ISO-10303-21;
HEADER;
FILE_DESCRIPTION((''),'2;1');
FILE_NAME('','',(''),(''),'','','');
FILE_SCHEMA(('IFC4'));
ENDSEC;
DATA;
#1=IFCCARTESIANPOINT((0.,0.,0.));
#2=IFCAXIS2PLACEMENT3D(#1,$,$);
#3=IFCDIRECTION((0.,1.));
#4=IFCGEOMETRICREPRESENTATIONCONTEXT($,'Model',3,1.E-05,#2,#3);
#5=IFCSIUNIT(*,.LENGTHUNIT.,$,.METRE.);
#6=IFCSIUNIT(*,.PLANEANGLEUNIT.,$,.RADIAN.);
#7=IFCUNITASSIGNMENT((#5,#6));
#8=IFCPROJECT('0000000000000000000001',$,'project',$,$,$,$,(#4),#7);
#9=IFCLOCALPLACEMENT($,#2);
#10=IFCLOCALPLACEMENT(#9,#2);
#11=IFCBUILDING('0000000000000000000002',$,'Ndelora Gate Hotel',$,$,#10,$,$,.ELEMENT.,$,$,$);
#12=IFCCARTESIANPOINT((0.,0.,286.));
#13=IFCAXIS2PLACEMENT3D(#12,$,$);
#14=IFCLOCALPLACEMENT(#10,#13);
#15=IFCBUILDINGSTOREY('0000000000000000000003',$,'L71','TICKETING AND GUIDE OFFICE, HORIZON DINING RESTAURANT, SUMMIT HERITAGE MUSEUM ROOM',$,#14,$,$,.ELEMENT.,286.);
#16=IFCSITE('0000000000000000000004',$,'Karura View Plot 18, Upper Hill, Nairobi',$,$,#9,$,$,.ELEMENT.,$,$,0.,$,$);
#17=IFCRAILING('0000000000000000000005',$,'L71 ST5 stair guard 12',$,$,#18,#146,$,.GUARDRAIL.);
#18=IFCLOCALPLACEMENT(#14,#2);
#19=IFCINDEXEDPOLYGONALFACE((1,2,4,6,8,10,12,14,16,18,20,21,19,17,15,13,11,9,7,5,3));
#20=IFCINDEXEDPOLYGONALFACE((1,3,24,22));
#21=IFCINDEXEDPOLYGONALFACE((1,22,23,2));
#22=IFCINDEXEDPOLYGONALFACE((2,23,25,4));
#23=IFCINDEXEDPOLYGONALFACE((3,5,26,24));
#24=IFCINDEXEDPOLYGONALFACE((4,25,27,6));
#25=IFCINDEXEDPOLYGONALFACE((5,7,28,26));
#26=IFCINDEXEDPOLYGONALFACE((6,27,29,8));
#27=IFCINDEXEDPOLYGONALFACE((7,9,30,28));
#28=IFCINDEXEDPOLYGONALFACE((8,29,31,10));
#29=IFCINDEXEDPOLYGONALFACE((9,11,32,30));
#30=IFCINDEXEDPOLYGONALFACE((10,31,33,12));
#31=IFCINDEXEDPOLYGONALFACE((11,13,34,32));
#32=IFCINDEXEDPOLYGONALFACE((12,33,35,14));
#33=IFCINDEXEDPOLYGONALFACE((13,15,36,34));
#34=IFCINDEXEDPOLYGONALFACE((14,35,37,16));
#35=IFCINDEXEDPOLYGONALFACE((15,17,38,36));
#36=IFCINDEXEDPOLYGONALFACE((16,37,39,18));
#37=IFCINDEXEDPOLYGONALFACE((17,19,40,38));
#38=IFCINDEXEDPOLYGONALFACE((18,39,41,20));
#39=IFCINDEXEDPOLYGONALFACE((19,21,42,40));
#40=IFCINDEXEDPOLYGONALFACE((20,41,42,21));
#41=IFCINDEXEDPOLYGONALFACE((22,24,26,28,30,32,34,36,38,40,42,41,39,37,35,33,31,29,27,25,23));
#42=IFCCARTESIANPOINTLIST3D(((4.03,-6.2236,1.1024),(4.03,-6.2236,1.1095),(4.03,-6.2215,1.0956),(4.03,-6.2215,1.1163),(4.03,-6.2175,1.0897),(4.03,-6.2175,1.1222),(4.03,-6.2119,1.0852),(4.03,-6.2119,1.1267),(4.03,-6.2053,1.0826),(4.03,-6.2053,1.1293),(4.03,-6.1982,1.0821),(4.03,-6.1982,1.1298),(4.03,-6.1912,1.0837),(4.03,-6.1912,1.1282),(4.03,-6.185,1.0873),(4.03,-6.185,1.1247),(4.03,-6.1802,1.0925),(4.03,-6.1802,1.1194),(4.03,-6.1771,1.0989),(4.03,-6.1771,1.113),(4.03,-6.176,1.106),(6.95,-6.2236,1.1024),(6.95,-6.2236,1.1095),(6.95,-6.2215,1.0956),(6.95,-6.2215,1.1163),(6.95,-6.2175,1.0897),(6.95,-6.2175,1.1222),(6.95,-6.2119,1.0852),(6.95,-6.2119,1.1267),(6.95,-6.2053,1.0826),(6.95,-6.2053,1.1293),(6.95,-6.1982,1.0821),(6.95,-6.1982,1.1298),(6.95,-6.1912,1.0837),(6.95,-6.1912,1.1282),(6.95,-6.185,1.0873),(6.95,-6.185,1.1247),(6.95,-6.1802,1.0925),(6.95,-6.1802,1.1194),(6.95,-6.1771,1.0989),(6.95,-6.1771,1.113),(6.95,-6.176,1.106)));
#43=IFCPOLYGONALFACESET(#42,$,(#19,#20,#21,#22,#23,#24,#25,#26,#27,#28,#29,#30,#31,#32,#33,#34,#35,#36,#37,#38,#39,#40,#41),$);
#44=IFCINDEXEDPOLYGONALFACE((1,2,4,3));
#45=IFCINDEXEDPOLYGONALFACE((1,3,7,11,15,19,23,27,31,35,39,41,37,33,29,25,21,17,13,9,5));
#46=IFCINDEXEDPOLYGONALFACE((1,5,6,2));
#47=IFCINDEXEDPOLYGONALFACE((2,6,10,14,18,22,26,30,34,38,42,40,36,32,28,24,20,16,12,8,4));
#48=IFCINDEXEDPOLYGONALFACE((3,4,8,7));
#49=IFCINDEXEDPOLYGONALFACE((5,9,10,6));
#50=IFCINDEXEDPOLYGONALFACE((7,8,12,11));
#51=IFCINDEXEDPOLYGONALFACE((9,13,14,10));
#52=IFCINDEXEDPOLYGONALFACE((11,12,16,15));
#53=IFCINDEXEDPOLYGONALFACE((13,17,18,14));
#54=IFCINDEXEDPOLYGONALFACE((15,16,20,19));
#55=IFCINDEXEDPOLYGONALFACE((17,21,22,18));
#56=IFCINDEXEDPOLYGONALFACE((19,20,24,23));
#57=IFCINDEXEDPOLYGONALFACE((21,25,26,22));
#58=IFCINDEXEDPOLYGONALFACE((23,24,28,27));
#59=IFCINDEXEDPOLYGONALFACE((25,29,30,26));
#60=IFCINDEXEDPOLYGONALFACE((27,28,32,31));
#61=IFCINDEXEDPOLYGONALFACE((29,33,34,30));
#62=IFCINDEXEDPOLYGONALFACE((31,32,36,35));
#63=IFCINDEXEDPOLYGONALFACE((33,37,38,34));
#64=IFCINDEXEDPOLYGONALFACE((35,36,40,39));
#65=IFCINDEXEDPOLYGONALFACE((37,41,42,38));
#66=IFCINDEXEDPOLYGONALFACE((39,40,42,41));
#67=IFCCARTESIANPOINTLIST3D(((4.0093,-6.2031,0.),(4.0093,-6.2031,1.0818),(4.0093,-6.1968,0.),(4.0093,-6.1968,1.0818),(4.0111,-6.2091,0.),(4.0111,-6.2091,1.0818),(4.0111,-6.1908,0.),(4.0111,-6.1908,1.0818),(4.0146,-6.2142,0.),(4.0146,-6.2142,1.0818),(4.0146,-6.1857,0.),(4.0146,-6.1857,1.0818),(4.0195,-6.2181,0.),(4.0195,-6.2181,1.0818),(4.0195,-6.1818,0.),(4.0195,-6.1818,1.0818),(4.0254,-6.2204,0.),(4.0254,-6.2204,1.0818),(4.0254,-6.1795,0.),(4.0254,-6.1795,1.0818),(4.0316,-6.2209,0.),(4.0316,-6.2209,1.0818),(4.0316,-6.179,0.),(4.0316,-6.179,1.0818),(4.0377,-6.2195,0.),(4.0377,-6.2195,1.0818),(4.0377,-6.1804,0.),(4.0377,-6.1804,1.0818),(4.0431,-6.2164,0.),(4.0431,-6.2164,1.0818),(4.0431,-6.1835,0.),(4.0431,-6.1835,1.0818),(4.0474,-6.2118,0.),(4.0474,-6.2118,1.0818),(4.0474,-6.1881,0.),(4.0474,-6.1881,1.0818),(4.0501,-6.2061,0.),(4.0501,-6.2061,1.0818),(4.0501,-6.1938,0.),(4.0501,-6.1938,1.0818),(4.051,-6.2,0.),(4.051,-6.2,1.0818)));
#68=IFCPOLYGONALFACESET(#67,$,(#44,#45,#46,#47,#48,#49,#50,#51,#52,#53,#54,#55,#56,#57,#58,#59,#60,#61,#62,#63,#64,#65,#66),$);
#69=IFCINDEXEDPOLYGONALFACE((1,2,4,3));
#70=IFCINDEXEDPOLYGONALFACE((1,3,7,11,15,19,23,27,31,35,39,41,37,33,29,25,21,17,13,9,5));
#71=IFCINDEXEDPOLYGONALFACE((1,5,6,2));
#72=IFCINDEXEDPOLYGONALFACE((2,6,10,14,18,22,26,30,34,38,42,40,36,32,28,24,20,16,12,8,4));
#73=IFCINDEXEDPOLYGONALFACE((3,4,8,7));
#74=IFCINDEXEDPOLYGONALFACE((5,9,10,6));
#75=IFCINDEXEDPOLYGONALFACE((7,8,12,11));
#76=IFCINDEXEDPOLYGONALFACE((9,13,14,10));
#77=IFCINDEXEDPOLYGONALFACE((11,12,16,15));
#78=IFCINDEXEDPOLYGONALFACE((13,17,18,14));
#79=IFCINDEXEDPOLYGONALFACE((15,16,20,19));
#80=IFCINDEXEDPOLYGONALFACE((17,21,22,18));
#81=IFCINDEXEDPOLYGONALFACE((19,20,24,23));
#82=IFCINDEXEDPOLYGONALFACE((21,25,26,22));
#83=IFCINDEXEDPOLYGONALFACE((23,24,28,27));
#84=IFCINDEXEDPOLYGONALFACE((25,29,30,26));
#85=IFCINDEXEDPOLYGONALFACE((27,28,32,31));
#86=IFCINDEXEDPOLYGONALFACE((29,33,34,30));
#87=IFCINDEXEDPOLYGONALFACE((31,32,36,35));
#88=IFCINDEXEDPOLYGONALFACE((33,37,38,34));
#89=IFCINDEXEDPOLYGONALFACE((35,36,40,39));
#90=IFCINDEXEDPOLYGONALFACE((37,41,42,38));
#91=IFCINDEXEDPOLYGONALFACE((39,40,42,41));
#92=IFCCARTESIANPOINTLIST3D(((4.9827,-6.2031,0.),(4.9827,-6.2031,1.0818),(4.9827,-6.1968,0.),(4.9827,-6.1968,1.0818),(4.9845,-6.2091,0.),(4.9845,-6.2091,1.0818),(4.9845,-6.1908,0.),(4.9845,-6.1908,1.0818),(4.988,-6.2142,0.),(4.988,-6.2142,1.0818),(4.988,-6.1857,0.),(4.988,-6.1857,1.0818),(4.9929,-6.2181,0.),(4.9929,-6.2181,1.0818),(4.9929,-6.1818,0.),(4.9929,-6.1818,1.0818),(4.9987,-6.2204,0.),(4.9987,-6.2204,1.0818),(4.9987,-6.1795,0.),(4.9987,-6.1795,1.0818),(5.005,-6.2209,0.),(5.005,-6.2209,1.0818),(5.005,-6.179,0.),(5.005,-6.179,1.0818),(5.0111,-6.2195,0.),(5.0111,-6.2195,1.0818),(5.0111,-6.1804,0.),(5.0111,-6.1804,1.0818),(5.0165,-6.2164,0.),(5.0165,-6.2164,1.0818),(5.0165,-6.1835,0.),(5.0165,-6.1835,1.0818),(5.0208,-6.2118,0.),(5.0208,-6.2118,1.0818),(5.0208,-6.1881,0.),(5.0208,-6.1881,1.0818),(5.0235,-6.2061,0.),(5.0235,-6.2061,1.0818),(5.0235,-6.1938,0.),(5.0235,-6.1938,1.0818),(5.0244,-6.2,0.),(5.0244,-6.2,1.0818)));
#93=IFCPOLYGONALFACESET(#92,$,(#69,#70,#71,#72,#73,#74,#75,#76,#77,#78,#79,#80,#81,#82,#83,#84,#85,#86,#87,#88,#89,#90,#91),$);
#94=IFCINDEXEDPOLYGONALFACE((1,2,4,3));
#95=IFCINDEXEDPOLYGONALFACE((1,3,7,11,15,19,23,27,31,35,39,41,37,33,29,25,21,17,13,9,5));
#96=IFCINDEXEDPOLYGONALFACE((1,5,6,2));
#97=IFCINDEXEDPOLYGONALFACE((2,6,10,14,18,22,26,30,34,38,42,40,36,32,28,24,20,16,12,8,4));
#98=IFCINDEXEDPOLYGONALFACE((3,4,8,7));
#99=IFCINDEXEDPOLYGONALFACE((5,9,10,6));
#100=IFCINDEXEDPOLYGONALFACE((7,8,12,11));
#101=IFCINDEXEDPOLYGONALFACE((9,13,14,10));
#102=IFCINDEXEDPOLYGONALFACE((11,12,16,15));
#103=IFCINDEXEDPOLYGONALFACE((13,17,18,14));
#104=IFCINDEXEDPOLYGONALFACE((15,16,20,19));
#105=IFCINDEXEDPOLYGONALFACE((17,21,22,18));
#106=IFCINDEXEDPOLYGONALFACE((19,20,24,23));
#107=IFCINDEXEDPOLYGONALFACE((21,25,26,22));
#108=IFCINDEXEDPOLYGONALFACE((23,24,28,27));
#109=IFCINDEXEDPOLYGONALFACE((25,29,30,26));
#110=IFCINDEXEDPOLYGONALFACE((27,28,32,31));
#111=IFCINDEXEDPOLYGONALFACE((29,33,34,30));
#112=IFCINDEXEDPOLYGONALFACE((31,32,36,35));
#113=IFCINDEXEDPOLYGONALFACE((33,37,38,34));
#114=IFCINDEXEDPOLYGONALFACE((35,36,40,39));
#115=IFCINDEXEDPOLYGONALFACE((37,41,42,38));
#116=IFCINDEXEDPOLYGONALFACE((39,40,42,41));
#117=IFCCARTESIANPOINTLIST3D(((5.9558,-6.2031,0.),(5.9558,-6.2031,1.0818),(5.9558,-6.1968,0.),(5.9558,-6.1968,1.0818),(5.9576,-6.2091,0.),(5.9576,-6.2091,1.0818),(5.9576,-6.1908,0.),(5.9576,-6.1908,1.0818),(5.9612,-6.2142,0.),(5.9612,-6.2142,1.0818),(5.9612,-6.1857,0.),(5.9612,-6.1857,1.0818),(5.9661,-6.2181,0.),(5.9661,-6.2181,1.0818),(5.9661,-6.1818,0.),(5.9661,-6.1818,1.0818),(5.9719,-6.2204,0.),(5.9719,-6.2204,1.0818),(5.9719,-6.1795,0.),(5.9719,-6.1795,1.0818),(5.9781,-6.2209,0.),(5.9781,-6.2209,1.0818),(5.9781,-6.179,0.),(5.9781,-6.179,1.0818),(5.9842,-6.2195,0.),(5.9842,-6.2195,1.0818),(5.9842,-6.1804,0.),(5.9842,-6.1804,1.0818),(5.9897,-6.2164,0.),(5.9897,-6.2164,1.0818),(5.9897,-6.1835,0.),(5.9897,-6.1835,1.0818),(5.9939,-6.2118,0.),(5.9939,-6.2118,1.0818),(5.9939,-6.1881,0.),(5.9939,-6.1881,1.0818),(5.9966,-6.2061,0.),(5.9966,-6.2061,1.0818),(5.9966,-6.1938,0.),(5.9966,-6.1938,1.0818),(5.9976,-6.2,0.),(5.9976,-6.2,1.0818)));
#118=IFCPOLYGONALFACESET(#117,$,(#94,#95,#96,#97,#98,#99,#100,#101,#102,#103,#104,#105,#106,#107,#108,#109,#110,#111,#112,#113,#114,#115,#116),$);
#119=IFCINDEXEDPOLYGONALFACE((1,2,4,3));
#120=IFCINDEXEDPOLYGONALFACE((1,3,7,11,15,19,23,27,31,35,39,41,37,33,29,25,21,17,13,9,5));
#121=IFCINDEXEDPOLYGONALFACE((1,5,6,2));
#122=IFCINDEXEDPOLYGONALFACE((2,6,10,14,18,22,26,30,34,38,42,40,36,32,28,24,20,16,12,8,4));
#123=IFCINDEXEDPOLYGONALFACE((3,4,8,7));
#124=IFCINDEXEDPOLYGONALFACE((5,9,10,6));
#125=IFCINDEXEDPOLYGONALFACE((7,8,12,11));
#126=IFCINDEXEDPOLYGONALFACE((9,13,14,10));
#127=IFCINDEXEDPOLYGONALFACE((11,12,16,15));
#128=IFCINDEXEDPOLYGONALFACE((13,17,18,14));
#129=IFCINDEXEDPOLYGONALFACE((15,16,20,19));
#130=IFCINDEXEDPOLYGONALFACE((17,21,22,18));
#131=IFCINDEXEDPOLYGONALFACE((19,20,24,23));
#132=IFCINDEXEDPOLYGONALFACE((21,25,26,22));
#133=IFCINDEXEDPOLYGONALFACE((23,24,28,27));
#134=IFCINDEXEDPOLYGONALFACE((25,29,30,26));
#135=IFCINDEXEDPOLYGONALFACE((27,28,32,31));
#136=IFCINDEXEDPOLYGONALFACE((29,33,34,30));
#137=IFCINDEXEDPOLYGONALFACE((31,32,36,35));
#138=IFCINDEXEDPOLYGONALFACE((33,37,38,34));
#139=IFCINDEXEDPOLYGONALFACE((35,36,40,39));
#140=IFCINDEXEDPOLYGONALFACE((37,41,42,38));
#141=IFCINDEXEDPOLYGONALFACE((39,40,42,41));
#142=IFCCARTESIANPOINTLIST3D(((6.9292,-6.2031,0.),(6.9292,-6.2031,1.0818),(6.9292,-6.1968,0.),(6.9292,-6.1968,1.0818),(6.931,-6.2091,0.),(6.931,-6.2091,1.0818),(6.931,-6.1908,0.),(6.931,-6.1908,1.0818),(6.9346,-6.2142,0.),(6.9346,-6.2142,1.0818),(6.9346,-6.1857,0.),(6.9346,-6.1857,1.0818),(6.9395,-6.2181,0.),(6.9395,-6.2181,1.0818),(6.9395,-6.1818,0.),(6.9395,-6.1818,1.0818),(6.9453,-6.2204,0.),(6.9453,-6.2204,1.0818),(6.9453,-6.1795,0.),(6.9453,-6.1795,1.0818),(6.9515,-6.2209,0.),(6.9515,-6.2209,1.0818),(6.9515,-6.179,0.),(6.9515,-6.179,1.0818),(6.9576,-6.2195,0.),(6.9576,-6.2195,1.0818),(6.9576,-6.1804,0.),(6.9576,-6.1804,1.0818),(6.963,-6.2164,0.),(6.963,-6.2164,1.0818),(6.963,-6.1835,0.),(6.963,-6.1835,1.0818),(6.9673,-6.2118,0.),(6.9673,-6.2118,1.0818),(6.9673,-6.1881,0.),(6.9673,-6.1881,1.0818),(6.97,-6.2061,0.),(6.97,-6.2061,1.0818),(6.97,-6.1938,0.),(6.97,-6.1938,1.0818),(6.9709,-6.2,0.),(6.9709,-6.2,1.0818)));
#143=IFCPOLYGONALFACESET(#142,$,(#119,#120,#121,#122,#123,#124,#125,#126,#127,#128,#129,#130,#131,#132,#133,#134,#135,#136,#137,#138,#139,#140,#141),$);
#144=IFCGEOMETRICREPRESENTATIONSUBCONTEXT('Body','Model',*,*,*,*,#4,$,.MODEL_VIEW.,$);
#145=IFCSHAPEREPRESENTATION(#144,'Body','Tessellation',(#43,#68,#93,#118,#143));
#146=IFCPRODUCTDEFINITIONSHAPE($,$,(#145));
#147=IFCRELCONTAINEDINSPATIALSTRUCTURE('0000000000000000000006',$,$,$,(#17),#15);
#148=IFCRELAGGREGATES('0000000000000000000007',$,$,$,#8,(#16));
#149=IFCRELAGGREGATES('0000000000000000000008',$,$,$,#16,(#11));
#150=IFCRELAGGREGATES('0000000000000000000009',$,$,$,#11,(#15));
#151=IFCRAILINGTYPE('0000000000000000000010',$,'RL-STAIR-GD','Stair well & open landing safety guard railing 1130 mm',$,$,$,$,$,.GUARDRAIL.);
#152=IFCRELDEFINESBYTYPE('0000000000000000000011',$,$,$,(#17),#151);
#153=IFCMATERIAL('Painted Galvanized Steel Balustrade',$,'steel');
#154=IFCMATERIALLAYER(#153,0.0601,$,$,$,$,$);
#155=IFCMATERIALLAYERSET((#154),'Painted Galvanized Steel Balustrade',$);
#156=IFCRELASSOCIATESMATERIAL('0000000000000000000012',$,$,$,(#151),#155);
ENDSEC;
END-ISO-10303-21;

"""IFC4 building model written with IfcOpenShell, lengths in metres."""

from ifc_helpers import new_model, si_unit, direction, frame, origin, origin_2d, place, context, subcontext, project, spatial, circle, extrude, material, layer, layer_set, type_object, element, save


model = new_model("IFC4")

# Units and contexts
model_context = context("Model", 3, precision=1e-05, world=origin(), true_north=direction((0.0, 1.0)))
body_context = subcontext(model_context, "Body", "Model", "MODEL_VIEW")
ifc_project = project(units=[si_unit("LENGTHUNIT", "METRE"), si_unit("PLANEANGLEUNIT", "RADIAN")], contexts=[model_context])

# Site, building, storey
site_placement = place(None, origin())
site = spatial("IfcSite", under=ifc_project, at=site_placement, Name="Karura View Plot 18, Upper Hill, Nairobi", CompositionType="ELEMENT", RefElevation=0.0)
building_placement = place(site_placement, origin())
building = spatial("IfcBuilding", under=site, at=building_placement, Name="Ndelora Gate Hotel", CompositionType="ELEMENT")
storey_placement = place(building_placement, frame((0.0, 0.0, 286.0)))
storey = spatial("IfcBuildingStorey", under=building, at=storey_placement, Name="L71", Description="TICKETING AND GUIDE OFFICE, HORIZON DINING RESTAURANT, SUMMIT HERITAGE MUSEUM ROOM", CompositionType="ELEMENT", Elevation=286.0)

# Railing
ifc_material_1 = material(Name="Painted Galvanized Steel Balustrade", Category="steel")
ifc_layer_1 = layer(ifc_material_1, 0.0601)
ifc_layer_set_1 = layer_set([ifc_layer_1], Name="Painted Galvanized Steel Balustrade")
railing_type = type_object("IfcRailingType", Name="RL-STAIR-GD", Description="Stair well & open landing safety guard railing 1130 mm", PredefinedType="GUARDRAIL", material=ifc_layer_set_1)
railing_1_placement = place(storey_placement, frame((4.03, -6.2, 0.0)))
element("IfcRailing", 1, at=railing_1_placement, inside=storey, type_object=railing_type, Name="L71 ST5 stair guard 12", PredefinedType="GUARDRAIL", context=body_context, shape_type="SweptSolid", body=[
    extrude(circle(Radius=0.0239, at=origin_2d()), frame((0.0, 0.0, 1.106), z_axis=(1.0, 0.0, 0.0), x_axis=(0.0, 1.0, 0.0)), (0.0, 0.0, 1.0), 2.9199),
    extrude(circle(Radius=0.021, at=origin_2d()), origin(), (0.0, 0.0, 1.0), 1.0818),
    extrude(circle(Radius=0.021, at=origin_2d()), frame((0.9734, 0.0, 0.0)), (0.0, 0.0, 1.0), 1.0818),
    extrude(circle(Radius=0.021, at=origin_2d()), frame((1.9465, 0.0, 0.0)), (0.0, 0.0, 1.0), 1.0818),
    extrude(circle(Radius=0.021, at=origin_2d()), frame((2.9199, 0.0, 0.0)), (0.0, 0.0, 1.0), 1.0818),
])

save(model, "model.ifc")
